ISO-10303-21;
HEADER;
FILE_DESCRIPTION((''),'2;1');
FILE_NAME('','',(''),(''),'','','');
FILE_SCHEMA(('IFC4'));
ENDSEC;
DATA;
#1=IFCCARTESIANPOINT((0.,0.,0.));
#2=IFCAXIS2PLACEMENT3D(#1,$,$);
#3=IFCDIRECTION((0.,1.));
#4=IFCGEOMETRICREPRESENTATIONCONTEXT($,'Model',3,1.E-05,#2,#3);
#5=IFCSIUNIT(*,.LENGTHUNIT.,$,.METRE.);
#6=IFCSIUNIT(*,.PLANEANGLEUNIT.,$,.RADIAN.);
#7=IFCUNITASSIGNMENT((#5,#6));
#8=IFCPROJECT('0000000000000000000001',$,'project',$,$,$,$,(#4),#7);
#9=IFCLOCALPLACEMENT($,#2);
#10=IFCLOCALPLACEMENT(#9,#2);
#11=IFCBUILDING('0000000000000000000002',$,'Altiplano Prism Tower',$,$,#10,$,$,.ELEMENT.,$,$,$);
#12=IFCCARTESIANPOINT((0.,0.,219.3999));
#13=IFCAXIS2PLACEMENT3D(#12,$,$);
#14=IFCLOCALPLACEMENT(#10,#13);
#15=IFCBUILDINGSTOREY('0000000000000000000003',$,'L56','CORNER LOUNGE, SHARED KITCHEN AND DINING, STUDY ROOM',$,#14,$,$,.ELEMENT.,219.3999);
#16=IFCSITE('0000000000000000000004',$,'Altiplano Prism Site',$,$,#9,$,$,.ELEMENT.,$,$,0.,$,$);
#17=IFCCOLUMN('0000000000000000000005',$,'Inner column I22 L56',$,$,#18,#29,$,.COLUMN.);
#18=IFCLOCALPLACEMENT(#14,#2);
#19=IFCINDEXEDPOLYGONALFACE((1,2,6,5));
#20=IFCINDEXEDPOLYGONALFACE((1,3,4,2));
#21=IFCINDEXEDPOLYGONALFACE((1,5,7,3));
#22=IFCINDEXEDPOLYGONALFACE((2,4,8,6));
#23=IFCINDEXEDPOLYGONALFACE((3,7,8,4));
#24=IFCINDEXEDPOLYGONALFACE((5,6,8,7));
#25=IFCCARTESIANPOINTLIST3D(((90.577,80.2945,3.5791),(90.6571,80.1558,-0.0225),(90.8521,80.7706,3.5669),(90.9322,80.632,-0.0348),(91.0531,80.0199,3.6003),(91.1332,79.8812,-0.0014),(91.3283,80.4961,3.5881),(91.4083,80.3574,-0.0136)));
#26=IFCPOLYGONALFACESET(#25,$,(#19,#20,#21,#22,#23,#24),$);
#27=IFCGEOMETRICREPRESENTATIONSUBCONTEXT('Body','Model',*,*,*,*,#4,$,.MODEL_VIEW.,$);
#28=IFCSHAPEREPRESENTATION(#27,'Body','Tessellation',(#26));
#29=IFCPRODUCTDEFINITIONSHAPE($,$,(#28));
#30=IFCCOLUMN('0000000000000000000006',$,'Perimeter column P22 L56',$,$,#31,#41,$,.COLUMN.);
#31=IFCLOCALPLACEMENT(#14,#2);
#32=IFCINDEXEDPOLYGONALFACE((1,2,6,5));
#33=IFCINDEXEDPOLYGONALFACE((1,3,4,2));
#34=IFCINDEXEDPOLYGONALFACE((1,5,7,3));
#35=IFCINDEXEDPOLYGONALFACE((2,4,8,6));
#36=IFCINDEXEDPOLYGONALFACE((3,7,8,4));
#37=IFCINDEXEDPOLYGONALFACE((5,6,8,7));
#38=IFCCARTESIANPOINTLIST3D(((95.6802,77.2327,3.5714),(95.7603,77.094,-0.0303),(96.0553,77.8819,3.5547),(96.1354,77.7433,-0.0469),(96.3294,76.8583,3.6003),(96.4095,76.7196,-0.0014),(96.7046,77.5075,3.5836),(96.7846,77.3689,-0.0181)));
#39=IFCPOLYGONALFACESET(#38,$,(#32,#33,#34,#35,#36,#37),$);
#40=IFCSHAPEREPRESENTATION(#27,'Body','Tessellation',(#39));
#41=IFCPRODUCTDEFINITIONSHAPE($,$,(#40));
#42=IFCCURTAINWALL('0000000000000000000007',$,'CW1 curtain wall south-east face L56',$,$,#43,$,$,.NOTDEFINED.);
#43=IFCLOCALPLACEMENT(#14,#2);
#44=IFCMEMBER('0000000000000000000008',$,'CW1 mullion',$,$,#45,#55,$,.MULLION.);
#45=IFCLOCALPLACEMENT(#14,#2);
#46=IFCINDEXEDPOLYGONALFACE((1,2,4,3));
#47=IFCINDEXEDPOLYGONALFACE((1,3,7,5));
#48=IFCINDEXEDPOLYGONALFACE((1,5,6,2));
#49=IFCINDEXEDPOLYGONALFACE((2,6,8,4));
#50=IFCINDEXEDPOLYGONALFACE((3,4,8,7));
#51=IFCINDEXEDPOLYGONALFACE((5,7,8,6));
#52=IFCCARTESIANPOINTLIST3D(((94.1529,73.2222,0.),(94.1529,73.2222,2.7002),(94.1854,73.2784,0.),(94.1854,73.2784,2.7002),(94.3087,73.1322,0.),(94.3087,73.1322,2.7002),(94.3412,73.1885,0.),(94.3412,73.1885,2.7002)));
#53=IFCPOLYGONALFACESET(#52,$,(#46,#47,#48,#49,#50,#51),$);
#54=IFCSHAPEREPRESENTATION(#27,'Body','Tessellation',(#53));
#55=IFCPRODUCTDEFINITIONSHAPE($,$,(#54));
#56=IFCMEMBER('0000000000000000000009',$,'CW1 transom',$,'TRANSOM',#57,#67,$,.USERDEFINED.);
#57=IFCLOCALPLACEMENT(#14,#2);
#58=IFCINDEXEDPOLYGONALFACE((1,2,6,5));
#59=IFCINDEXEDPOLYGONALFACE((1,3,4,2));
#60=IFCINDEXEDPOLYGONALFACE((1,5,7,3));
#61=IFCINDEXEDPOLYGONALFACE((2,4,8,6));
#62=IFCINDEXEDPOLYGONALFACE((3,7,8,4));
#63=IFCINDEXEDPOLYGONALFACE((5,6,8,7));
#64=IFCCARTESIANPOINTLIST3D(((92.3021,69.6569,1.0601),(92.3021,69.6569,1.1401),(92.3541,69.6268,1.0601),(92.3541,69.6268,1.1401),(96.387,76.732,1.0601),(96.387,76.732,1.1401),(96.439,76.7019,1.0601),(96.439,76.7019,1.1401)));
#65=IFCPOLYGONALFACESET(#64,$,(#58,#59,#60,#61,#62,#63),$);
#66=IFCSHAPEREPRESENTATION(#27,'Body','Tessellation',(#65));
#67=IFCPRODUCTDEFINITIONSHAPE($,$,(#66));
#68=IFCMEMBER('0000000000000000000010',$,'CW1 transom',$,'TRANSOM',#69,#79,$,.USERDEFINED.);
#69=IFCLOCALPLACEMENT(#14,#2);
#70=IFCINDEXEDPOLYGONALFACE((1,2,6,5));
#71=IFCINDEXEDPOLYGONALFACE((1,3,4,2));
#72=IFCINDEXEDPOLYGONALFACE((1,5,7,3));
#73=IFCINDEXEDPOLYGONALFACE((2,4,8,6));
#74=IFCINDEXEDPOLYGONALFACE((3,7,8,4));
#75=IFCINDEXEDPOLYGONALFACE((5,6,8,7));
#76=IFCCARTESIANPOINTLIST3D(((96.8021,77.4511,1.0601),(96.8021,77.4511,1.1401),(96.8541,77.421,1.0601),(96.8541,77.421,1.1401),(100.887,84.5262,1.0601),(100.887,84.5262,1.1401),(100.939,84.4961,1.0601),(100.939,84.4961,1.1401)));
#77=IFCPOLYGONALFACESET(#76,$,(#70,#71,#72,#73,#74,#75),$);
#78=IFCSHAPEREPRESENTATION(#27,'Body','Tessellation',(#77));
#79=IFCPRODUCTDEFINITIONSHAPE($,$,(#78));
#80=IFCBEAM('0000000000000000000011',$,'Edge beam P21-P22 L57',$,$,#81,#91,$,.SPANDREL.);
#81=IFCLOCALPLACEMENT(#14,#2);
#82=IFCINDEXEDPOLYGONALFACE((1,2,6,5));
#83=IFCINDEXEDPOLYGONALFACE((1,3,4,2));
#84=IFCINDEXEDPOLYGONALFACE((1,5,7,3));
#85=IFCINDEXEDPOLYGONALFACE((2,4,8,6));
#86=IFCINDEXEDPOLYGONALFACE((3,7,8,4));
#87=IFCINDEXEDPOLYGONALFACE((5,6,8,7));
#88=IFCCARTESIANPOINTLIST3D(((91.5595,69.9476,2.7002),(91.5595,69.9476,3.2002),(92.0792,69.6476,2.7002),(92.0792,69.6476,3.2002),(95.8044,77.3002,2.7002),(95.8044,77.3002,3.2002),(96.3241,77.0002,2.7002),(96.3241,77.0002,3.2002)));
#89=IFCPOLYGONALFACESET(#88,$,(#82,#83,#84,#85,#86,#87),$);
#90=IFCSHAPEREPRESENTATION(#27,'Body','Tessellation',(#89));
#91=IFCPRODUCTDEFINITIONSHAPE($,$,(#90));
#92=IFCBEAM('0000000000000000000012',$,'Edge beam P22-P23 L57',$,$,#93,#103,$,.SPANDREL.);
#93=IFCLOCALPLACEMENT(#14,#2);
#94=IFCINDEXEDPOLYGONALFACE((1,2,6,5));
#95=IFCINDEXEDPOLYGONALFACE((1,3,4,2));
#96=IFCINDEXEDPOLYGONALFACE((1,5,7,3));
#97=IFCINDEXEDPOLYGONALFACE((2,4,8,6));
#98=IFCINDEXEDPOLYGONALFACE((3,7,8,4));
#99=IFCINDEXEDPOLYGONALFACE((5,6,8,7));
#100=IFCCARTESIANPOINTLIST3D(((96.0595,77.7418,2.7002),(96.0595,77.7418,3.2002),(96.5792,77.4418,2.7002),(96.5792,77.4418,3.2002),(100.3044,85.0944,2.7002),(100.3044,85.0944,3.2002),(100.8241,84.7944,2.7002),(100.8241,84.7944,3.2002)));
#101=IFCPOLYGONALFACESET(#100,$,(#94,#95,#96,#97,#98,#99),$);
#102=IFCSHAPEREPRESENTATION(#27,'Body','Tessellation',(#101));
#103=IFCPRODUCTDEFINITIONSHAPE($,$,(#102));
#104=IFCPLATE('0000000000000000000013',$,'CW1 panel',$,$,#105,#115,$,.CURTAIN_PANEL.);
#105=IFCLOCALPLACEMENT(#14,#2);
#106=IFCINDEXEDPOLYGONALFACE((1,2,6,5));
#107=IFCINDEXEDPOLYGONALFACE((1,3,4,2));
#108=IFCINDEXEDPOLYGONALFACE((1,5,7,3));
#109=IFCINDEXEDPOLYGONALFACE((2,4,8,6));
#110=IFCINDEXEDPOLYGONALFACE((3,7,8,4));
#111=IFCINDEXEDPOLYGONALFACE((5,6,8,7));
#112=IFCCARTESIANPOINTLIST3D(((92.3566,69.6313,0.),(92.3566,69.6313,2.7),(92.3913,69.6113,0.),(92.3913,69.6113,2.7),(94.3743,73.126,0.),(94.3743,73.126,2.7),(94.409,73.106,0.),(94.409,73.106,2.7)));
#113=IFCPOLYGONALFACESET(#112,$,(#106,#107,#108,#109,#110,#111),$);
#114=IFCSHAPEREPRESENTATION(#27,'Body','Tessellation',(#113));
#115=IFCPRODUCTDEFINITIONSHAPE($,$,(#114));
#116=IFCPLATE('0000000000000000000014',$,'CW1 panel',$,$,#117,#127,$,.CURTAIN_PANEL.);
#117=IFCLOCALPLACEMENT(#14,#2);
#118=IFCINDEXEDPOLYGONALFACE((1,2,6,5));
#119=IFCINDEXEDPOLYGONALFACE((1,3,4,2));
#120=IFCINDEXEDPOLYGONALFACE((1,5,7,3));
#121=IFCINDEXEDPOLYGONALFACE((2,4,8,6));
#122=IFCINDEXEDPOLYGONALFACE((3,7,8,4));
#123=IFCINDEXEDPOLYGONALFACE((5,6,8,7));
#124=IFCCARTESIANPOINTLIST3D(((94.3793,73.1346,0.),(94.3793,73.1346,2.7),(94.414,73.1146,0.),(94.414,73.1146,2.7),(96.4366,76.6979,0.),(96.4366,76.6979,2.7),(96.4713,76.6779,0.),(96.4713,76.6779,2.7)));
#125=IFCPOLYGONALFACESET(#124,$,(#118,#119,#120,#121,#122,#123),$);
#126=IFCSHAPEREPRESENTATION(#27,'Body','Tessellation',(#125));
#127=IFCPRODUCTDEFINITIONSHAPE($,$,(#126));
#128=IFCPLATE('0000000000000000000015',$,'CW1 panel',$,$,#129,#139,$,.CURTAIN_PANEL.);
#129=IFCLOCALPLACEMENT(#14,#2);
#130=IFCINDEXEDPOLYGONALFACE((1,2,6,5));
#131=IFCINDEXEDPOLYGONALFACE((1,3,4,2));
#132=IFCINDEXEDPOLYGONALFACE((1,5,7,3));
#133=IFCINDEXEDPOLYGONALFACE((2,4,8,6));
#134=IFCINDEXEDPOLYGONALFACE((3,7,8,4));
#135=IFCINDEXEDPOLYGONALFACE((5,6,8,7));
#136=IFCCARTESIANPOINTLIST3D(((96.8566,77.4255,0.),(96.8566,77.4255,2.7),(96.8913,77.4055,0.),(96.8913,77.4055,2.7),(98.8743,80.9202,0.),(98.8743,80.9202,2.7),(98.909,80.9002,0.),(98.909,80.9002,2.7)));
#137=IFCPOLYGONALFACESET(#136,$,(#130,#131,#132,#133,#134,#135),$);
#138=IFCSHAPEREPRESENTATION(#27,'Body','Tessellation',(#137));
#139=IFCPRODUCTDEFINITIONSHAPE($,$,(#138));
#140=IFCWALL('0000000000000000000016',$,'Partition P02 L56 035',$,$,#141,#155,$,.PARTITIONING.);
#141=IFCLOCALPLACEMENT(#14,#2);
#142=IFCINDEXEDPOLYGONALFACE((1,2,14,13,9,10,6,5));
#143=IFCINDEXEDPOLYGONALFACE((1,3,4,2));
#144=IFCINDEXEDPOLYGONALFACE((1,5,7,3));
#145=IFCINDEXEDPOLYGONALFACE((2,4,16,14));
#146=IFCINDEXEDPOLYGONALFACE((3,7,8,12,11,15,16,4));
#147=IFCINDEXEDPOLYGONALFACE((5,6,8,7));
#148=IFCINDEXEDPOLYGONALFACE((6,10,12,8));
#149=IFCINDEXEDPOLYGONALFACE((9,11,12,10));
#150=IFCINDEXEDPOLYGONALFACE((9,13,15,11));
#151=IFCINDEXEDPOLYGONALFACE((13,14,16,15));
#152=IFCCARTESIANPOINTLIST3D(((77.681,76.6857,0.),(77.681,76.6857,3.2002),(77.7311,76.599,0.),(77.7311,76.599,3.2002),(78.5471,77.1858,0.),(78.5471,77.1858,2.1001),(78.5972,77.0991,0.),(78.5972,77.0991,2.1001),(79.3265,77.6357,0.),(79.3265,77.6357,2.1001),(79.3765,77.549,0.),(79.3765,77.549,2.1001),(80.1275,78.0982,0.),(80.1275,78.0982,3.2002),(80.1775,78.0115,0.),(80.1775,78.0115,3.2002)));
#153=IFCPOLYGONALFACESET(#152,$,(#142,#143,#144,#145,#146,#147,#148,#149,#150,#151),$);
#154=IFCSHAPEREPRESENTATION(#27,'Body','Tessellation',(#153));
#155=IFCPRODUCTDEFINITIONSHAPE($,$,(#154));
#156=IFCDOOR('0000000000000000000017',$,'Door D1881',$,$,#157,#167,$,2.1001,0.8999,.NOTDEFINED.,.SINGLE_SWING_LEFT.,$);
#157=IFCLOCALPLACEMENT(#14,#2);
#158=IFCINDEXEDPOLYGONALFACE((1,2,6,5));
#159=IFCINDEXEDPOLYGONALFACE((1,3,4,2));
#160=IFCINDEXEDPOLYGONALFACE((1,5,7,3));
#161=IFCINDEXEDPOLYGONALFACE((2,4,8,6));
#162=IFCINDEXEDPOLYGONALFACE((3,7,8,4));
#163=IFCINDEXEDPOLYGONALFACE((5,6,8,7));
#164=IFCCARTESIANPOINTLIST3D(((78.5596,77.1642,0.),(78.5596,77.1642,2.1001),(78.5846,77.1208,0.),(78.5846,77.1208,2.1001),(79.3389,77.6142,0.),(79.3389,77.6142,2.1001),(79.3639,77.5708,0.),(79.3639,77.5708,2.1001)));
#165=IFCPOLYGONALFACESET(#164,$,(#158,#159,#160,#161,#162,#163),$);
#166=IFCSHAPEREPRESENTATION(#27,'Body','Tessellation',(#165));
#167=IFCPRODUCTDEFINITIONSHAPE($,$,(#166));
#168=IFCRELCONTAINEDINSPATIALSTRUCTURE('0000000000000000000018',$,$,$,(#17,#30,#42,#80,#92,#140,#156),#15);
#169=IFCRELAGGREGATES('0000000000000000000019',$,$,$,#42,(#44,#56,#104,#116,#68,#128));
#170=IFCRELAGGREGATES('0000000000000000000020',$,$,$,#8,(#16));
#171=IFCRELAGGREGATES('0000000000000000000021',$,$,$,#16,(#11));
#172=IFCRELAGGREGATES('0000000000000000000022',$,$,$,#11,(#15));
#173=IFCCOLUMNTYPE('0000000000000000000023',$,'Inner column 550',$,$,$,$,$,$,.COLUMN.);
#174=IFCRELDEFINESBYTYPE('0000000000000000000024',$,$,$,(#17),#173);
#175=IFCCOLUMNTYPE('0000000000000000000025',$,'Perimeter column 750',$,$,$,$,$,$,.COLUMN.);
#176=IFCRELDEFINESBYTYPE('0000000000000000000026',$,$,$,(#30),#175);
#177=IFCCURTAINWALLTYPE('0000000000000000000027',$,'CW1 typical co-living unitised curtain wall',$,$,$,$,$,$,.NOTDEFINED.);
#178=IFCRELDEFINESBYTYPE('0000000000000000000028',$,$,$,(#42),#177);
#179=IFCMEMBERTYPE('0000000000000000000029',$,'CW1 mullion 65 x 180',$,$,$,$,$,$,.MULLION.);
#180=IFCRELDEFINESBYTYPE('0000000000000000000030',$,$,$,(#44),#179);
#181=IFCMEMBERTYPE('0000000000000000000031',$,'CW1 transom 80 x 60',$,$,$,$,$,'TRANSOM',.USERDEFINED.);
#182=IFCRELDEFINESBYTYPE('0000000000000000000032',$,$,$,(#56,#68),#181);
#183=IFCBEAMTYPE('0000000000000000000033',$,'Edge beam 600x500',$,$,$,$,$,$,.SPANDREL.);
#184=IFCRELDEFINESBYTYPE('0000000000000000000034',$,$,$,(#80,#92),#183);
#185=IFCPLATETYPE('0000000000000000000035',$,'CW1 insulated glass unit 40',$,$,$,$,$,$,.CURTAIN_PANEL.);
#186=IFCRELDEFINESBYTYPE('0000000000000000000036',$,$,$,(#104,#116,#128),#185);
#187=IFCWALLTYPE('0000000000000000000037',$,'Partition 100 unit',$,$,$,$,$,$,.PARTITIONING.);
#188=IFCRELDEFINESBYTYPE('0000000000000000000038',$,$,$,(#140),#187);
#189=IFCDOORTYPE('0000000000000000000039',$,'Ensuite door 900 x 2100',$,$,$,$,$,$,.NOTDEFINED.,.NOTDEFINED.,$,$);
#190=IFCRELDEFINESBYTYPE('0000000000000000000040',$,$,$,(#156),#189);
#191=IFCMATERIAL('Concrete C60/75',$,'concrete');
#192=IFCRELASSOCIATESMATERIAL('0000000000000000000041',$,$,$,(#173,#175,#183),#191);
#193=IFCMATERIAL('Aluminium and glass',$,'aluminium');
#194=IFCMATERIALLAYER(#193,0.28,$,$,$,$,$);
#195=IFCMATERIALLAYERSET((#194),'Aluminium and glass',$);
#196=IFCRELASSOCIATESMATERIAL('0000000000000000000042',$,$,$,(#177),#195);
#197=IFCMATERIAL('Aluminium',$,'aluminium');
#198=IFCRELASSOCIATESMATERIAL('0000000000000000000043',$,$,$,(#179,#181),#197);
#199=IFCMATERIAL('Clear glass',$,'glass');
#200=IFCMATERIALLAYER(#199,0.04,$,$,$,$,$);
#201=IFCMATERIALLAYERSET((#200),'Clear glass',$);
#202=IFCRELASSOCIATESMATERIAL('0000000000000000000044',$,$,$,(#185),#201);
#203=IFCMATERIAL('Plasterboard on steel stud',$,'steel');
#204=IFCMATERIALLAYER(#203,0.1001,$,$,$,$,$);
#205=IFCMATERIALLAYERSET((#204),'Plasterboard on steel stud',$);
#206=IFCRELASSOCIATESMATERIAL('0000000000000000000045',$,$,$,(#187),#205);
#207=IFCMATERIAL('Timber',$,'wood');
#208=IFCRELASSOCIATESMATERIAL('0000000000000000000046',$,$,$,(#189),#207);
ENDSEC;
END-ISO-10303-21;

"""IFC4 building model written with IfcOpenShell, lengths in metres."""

from ifc_helpers import new_model, si_unit, direction, frame, frame_2d, origin, origin_2d, place, context, subcontext, project, spatial, rectangle, extrude, material, layer, layer_set, material_profile, profile_set, type_object, element, fill, aggregate, save


model = new_model("IFC4")

# Units and contexts
model_context = context("Model", 3, precision=1e-05, world=origin(), true_north=direction((0.0, 1.0)))
body_context = subcontext(model_context, "Body", "Model", "MODEL_VIEW")
ifc_project = project(units=[si_unit("LENGTHUNIT", "METRE"), si_unit("PLANEANGLEUNIT", "RADIAN")], contexts=[model_context])

# Site, building, storey
site_placement = place(None, origin())
site = spatial("IfcSite", under=ifc_project, at=site_placement, Name="Altiplano Prism Site", CompositionType="ELEMENT", RefElevation=0.0)
building_placement = place(site_placement, origin())
building = spatial("IfcBuilding", under=site, at=building_placement, Name="Altiplano Prism Tower", CompositionType="ELEMENT")
storey_placement = place(building_placement, frame((0.0, 0.0, 219.3999)))
storey = spatial("IfcBuildingStorey", under=building, at=storey_placement, Name="L56", Description="CORNER LOUNGE, SHARED KITCHEN AND DINING, STUDY ROOM", CompositionType="ELEMENT", Elevation=219.3999)

# Columns
ifc_material_1 = material(Name="Concrete C60/75", Category="concrete")
ifc_material_profile_1 = material_profile(ifc_material_1, rectangle(XDim=0.55, YDim=0.55, at=origin_2d()), Name="Inner column 550")
ifc_profile_set_1 = profile_set([ifc_material_profile_1], Name="Concrete C60/75")
column_type_1 = type_object("IfcColumnType", Name="Inner column 550", PredefinedType="COLUMN", material=ifc_profile_set_1)
column_1_placement = place(storey_placement, frame((91.0327, 80.2566, -0.0181), z_axis=(-0.022212, 0.038465, 0.999013), x_axis=(-0.500172, -0.865641, 0.022209)))
element("IfcColumn", 1, at=column_1_placement, inside=storey, type_object=column_type_1, Name="Inner column I22 L56", PredefinedType="COLUMN", context=body_context, shape_type="SweptSolid", body=[
    extrude(rectangle(XDim=0.55, YDim=0.55, at=origin_2d()), origin(), (0.0, 0.0, 1.0), 3.6052),
])
ifc_material_profile_2 = material_profile(ifc_material_1, rectangle(XDim=0.75, YDim=0.75, at=origin_2d()), Name="Perimeter column 750")
ifc_profile_set_2 = profile_set([ifc_material_profile_2], Name="Concrete C60/75")
column_type_2 = type_object("IfcColumnType", Name="Perimeter column 750", PredefinedType="COLUMN", material=ifc_profile_set_2)
column_2_placement = place(storey_placement, frame((96.2725, 77.2314, -0.0242), z_axis=(-0.022212, 0.038465, 0.999013), x_axis=(-0.500172, -0.865641, 0.022209)))
element("IfcColumn", 2, at=column_2_placement, inside=storey, type_object=column_type_2, Name="Perimeter column P22 L56", PredefinedType="COLUMN", context=body_context, shape_type="SweptSolid", body=[
    extrude(rectangle(XDim=0.75, YDim=0.75, at=origin_2d()), origin(), (0.0, 0.0, 1.0), 3.6052),
])

# Curtain wall, members
ifc_material_2 = material(Name="Aluminium and glass", Category="aluminium")
ifc_layer_1 = layer(ifc_material_2, 0.28)
ifc_layer_set_1 = layer_set([ifc_layer_1], Name="Aluminium and glass")
curtain_wall_type = type_object("IfcCurtainWallType", Name="CW1 typical co-living unitised curtain wall", PredefinedType="NOTDEFINED", material=ifc_layer_set_1)
curtain_wall_placement = place(storey_placement, origin())
curtain_wall = element("IfcCurtainWall", 3, at=curtain_wall_placement, inside=storey, type_object=curtain_wall_type, Name="CW1 curtain wall south-east face L56", PredefinedType="NOTDEFINED")
ifc_material_3 = material(Name="Aluminium", Category="aluminium")
ifc_material_profile_3 = material_profile(ifc_material_3, rectangle(XDim=0.1799, YDim=0.0649, at=origin_2d()), Name="CW1 mullion 65 x 180")
ifc_profile_set_3 = profile_set([ifc_material_profile_3], Name="Aluminium")
member_type_1 = type_object("IfcMemberType", Name="CW1 mullion 65 x 180", PredefinedType="MULLION", material=ifc_profile_set_3)
member_1_placement = place(storey_placement, frame((94.2471, 73.2053, 0.0), z_axis=(0.0, 0.0, 1.0), x_axis=(-0.866025, 0.5, 0.0)))
member_1 = element("IfcMember", 4, at=member_1_placement, type_object=member_type_1, Name="CW1 mullion", PredefinedType="MULLION", context=body_context, shape_type="SweptSolid", body=[
    extrude(rectangle(XDim=0.1799, YDim=0.0649, at=origin_2d()), origin(), (0.0, 0.0, 1.0), 2.7002),
])
ifc_material_profile_4 = material_profile(ifc_material_3, rectangle(XDim=0.0601, YDim=0.0801, at=origin_2d()), Name="CW1 transom 80 x 60")
ifc_profile_set_4 = profile_set([ifc_material_profile_4], Name="Aluminium")
member_type_2 = type_object("IfcMemberType", Name="CW1 transom 80 x 60", ElementType="TRANSOM", PredefinedType="USERDEFINED", material=ifc_profile_set_4)
member_2_placement = place(storey_placement, frame((92.3281, 69.6418, 1.1001), z_axis=(0.500009, 0.86602, 0.0), x_axis=(-0.86602, 0.500009, 0.0)))
member_2 = element("IfcMember", 5, at=member_2_placement, type_object=member_type_2, Name="CW1 transom", ObjectType="TRANSOM", PredefinedType="USERDEFINED", context=body_context, shape_type="SweptSolid", body=[
    extrude(rectangle(XDim=0.0601, YDim=0.0801, at=origin_2d()), origin(), (0.0, 0.0, 1.0), 8.1697),
])
member_3_placement = place(storey_placement, frame((96.8281, 77.436, 1.1001), z_axis=(0.500009, 0.86602, 0.0), x_axis=(-0.86602, 0.500009, 0.0)))
member_3 = element("IfcMember", 6, at=member_3_placement, type_object=member_type_2, Name="CW1 transom", ObjectType="TRANSOM", PredefinedType="USERDEFINED", context=body_context, shape_type="SweptSolid", body=[
    extrude(rectangle(XDim=0.0601, YDim=0.0801, at=origin_2d()), origin(), (0.0, 0.0, 1.0), 8.1697),
])

# Beams
ifc_material_profile_5 = material_profile(ifc_material_1, rectangle(XDim=0.6001, YDim=0.5, at=origin_2d()), Name="Edge beam 600x500")
ifc_profile_set_5 = profile_set([ifc_material_profile_5], Name="Concrete C60/75")
beam_type = type_object("IfcBeamType", Name="Edge beam 600x500", PredefinedType="SPANDREL", material=ifc_profile_set_5)
for number, where, z_axis, x_axis, name in (
    (7, (91.8193, 69.7976, 2.9502), (0.49999, 0.866031, 0.0), (-0.866031, 0.49999, 0.0), "Edge beam P21-P22 L57"),
    (8, (96.3193, 77.5918, 2.9502), (0.49999, 0.866031, 0.0), (-0.866031, 0.49999, 0.0), "Edge beam P22-P23 L57"),
):
    element("IfcBeam", number, at=place(storey_placement, frame(where, z_axis=z_axis, x_axis=x_axis)), inside=storey, type_object=beam_type, Name=name, PredefinedType="SPANDREL", context=body_context, shape_type="SweptSolid", body=[
        extrude(rectangle(XDim=0.6001, YDim=0.5, at=origin_2d()), origin(), (0.0, 0.0, 1.0), 8.49),
    ])

# Plates
ifc_material_4 = material(Name="Clear glass", Category="glass")
ifc_layer_2 = layer(ifc_material_4, 0.04)
ifc_layer_set_2 = layer_set([ifc_layer_2], Name="Clear glass")
plate_type = type_object("IfcPlateType", Name="CW1 insulated glass unit 40", PredefinedType="CURTAIN_PANEL", material=ifc_layer_set_2)
plate_1_placement = place(storey_placement, frame((93.3828, 71.3687, 0.0), z_axis=(0.0, 0.0, 1.0), x_axis=(0.5, 0.866025, 0.0)))
plate_1 = element("IfcPlate", 9, at=plate_1_placement, type_object=plate_type, Name="CW1 panel", PredefinedType="CURTAIN_PANEL", context=body_context, shape_type="SweptSolid", body=[
    extrude(rectangle(XDim=4.0354, YDim=0.04, at=origin_2d()), origin(), (0.0, 0.0, 1.0), 2.7),
])
plate_2_placement = place(storey_placement, frame((95.4253, 74.9062, 0.0), z_axis=(0.0, 0.0, 1.0), x_axis=(0.5, 0.866025, 0.0)))
plate_2 = element("IfcPlate", 10, at=plate_2_placement, type_object=plate_type, Name="CW1 panel", PredefinedType="CURTAIN_PANEL", context=body_context, shape_type="SweptSolid", body=[
    extrude(rectangle(XDim=4.1145, YDim=0.04, at=origin_2d()), origin(), (0.0, 0.0, 1.0), 2.7),
])
plate_3_placement = place(storey_placement, frame((97.8828, 79.1628, 0.0), z_axis=(0.0, 0.0, 1.0), x_axis=(0.5, 0.866025, 0.0)))
plate_3 = element("IfcPlate", 11, at=plate_3_placement, type_object=plate_type, Name="CW1 panel", PredefinedType="CURTAIN_PANEL", context=body_context, shape_type="SweptSolid", body=[
    extrude(rectangle(XDim=4.0354, YDim=0.04, at=origin_2d()), origin(), (0.0, 0.0, 1.0), 2.7),
])
aggregate(curtain_wall, [member_1, member_2, plate_1, plate_2, member_3, plate_3])

# Wall, opening, door
ifc_material_5 = material(Name="Plasterboard on steel stud", Category="steel")
ifc_layer_3 = layer(ifc_material_5, 0.1001)
ifc_layer_set_3 = layer_set([ifc_layer_3], Name="Plasterboard on steel stud")
wall_type_1 = type_object("IfcWallType", Name="Partition 100 unit", PredefinedType="PARTITIONING", material=ifc_layer_set_3)
wall_1_placement = place(storey_placement, frame((80.1526, 78.0549, 0.0), z_axis=(0.0, 0.0, 1.0), x_axis=(-0.866011, -0.500024, 0.0)))
wall_1 = element("IfcWall", 12, at=wall_1_placement, inside=storey, type_object=wall_type_1, Name="Partition P02 L56 035", PredefinedType="PARTITIONING", context=body_context, shape_type="SweptSolid", body=[
    extrude(rectangle(XDim=2.825, YDim=0.1001, at=frame_2d((1.4126, 0.0))), origin(), (0.0, 0.0, 1.0), 3.2002),
])
opening_1_placement = place(wall_1_placement, frame((0.925, 0.0, 0.0)))
opening_1 = element("IfcOpeningElement", 13, at=opening_1_placement, cuts=wall_1, PredefinedType="OPENING", context=body_context, shape_type="SweptSolid", body=[
    extrude(rectangle(XDim=0.8999, YDim=2.1001, at=frame_2d((0.45, 1.05))), frame((0.0, 0.0605, 0.0), z_axis=(0.0, -1.0, 0.0), x_axis=(1.0, 0.0, 0.0)), (0.0, 0.0, 1.0), 0.1211),
])
ifc_material_6 = material(Name="Timber", Category="wood")
door_type_1 = type_object("IfcDoorType", Name="Ensuite door 900 x 2100", OperationType="NOTDEFINED", PredefinedType="NOTDEFINED", material=ifc_material_6)
door_1_placement = place(opening_1_placement, origin())
door_1 = element("IfcDoor", 14, at=door_1_placement, inside=storey, type_object=door_type_1, Name="Door D1881", OperationType="SINGLE_SWING_LEFT", OverallHeight=2.1001, OverallWidth=0.8999, PredefinedType="NOTDEFINED", context=body_context, shape_type="SweptSolid", body=[
    extrude(rectangle(XDim=0.8999, YDim=2.1001, at=frame_2d((0.45, 1.05))), frame((0.0, 0.0249, 0.0), z_axis=(0.0, -1.0, 0.0), x_axis=(1.0, 0.0, 0.0)), (0.0, 0.0, 1.0), 0.05),
])
fill(opening_1, door_1)

save(model, "model.ifc")
